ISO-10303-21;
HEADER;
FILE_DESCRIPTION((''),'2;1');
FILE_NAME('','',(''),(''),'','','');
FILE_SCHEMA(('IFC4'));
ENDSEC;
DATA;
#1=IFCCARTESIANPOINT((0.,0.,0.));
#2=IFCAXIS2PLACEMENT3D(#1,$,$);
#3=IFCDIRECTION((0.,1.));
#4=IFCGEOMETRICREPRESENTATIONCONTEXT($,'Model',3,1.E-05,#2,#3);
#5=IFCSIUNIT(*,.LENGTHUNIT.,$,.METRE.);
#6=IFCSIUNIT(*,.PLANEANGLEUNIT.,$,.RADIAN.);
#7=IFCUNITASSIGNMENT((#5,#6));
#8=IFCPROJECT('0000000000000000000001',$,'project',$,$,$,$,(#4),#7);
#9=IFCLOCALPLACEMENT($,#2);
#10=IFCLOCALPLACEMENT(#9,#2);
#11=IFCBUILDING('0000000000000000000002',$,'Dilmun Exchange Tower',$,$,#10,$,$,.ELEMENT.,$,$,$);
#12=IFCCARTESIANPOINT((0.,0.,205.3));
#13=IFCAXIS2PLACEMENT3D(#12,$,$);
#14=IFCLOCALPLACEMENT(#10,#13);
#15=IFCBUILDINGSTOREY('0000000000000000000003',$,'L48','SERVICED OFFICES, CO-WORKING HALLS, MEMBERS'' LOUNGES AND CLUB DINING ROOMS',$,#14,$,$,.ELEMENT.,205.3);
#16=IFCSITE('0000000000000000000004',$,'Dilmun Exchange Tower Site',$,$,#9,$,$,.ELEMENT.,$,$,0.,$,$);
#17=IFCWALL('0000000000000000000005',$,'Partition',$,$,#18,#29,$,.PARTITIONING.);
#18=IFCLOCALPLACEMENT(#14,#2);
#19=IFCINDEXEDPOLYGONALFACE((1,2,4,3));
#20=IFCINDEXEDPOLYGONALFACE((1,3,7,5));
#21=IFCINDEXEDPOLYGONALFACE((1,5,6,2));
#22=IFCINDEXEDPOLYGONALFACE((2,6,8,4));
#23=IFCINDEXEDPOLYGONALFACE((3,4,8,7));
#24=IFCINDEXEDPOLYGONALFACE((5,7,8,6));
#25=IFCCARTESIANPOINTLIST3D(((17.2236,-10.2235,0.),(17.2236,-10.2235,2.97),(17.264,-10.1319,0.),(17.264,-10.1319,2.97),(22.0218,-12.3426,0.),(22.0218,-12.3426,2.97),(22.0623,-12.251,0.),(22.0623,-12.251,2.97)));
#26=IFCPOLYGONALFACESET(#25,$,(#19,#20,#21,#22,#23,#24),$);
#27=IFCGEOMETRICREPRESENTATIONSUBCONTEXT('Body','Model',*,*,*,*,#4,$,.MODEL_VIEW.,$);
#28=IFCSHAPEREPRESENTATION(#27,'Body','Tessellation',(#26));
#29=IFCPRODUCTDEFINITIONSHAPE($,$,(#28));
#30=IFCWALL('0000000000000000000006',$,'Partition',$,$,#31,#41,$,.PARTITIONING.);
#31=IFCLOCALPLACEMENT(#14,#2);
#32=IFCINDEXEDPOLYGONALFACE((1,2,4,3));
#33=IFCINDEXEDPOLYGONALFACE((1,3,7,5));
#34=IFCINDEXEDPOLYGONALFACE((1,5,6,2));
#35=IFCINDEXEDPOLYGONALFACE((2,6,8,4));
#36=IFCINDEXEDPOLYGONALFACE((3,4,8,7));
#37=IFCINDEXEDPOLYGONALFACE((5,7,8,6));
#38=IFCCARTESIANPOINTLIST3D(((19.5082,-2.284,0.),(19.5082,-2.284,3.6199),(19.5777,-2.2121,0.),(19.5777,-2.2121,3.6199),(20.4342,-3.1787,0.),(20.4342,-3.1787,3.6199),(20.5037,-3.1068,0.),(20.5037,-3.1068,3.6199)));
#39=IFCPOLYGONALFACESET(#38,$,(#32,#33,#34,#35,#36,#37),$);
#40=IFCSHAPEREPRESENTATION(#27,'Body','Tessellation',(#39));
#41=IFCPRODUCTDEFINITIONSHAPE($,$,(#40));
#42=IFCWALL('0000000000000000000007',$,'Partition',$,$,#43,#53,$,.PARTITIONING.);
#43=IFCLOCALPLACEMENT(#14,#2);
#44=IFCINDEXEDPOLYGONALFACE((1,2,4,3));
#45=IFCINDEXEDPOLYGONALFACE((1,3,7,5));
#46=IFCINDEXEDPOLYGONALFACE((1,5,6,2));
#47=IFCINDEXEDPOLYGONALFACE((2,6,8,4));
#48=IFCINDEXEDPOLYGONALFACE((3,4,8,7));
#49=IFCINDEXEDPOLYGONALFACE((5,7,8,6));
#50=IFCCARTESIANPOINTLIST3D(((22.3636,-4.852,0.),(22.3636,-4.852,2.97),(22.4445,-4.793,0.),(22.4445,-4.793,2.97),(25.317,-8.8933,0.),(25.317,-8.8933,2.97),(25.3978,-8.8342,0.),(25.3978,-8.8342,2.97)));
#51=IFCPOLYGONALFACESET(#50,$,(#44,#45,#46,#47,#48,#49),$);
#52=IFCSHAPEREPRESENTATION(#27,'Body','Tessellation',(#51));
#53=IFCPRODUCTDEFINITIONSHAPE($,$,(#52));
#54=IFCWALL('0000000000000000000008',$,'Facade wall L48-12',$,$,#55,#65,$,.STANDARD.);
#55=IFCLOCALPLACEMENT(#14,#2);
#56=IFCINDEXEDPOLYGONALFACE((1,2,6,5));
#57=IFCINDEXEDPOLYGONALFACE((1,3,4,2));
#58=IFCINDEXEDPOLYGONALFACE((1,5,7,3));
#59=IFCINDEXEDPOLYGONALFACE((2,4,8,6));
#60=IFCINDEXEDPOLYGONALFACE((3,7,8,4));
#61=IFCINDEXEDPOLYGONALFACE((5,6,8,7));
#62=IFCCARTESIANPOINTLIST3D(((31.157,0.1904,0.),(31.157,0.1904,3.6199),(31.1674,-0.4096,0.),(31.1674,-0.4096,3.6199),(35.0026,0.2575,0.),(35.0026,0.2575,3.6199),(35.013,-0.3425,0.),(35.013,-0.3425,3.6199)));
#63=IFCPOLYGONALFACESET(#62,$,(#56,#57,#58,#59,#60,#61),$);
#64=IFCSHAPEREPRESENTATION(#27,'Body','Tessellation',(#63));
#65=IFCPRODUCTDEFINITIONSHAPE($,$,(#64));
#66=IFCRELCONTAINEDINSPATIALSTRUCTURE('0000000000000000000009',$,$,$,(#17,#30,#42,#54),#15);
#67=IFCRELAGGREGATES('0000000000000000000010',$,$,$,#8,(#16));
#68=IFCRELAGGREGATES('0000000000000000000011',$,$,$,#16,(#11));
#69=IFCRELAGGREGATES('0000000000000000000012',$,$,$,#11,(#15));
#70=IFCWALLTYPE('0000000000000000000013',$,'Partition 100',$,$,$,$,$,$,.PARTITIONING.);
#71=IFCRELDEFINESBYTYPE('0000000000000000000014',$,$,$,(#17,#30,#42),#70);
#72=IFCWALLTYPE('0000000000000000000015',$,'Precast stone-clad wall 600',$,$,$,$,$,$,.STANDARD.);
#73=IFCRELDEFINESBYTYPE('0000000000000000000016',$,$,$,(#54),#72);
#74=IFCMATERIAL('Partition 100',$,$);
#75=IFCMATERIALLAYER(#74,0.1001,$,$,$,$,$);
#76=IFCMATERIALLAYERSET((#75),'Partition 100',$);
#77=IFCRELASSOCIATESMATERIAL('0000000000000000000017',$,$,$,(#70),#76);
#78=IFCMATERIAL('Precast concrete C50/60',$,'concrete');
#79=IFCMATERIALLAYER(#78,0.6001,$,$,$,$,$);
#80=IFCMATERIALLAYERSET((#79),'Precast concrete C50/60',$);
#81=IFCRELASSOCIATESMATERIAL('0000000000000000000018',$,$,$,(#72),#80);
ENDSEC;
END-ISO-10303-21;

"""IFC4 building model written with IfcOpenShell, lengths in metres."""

from ifc_helpers import new_model, si_unit, direction, frame, frame_2d, origin, place, context, subcontext, project, spatial, rectangle, extrude, material, layer, layer_set, type_object, element, save


model = new_model("IFC4")

# Units and contexts
model_context = context("Model", 3, precision=1e-05, world=origin(), true_north=direction((0.0, 1.0)))
body_context = subcontext(model_context, "Body", "Model", "MODEL_VIEW")
ifc_project = project(units=[si_unit("LENGTHUNIT", "METRE"), si_unit("PLANEANGLEUNIT", "RADIAN")], contexts=[model_context])

# Site, building, storey
site_placement = place(None, origin())
site = spatial("IfcSite", under=ifc_project, at=site_placement, Name="Dilmun Exchange Tower Site", CompositionType="ELEMENT", RefElevation=0.0)
building_placement = place(site_placement, origin())
building = spatial("IfcBuilding", under=site, at=building_placement, Name="Dilmun Exchange Tower", CompositionType="ELEMENT")
storey_placement = place(building_placement, frame((0.0, 0.0, 205.3)))
storey = spatial("IfcBuildingStorey", under=building, at=storey_placement, Name="L48", Description="SERVICED OFFICES, CO-WORKING HALLS, MEMBERS' LOUNGES AND CLUB DINING ROOMS", CompositionType="ELEMENT", Elevation=205.3)

# Walls
ifc_material_1 = material(Name="Partition 100")
ifc_layer_1 = layer(ifc_material_1, 0.1001)
ifc_layer_set_1 = layer_set([ifc_layer_1], Name="Partition 100")
wall_type_1 = type_object("IfcWallType", Name="Partition 100", PredefinedType="PARTITIONING", material=ifc_layer_set_1)
wall_1_placement = place(storey_placement, frame((17.2439, -10.1777, 0.0), z_axis=(0.0, 0.0, 1.0), x_axis=(0.914761, -0.403995, 0.0)))
element("IfcWall", 1, at=wall_1_placement, inside=storey, type_object=wall_type_1, Name="Partition", PredefinedType="PARTITIONING", context=body_context, shape_type="SweptSolid", body=[
    extrude(rectangle(XDim=5.2454, YDim=0.1001, at=frame_2d((2.6226, 0.0))), origin(), (0.0, 0.0, 1.0), 2.97),
])
wall_2_placement = place(storey_placement, frame((19.543, -2.248, 0.0), z_axis=(0.0, 0.0, 1.0), x_axis=(0.719137, -0.694869, 0.0)))
element("IfcWall", 2, at=wall_2_placement, inside=storey, type_object=wall_type_1, Name="Partition", PredefinedType="PARTITIONING", context=body_context, shape_type="SweptSolid", body=[
    extrude(rectangle(XDim=1.2876, YDim=0.1001, at=frame_2d((0.6438, 0.0))), origin(), (0.0, 0.0, 1.0), 3.6199),
])
wall_3_placement = place(storey_placement, frame((22.4041, -4.8225, 0.0), z_axis=(0.0, 0.0, 1.0), x_axis=(0.590035, -0.807378, 0.0)))
element("IfcWall", 3, at=wall_3_placement, inside=storey, type_object=wall_type_1, Name="Partition", PredefinedType="PARTITIONING", context=body_context, shape_type="SweptSolid", body=[
    extrude(rectangle(XDim=5.0054, YDim=0.1001, at=frame_2d((2.5027, 0.0))), origin(), (0.0, 0.0, 1.0), 2.97),
])
ifc_material_2 = material(Name="Precast concrete C50/60", Category="concrete")
ifc_layer_2 = layer(ifc_material_2, 0.6001)
ifc_layer_set_2 = layer_set([ifc_layer_2], Name="Precast concrete C50/60")
wall_type_2 = type_object("IfcWallType", Name="Precast stone-clad wall 600", PredefinedType="STANDARD", material=ifc_layer_set_2)
wall_4_placement = place(storey_placement, frame((35.0078, -0.0425, 0.0), z_axis=(0.0, 0.0, 1.0), x_axis=(-0.999848, -0.017455, 0.0)))
element("IfcWall", 4, at=wall_4_placement, inside=storey, type_object=wall_type_2, Name="Facade wall L48-12", PredefinedType="STANDARD", context=body_context, shape_type="SweptSolid", body=[
    extrude(rectangle(XDim=3.8462, YDim=0.6001, at=frame_2d((1.9231, 0.0))), origin(), (0.0, 0.0, 1.0), 3.6199),
])

save(model, "model.ifc")
